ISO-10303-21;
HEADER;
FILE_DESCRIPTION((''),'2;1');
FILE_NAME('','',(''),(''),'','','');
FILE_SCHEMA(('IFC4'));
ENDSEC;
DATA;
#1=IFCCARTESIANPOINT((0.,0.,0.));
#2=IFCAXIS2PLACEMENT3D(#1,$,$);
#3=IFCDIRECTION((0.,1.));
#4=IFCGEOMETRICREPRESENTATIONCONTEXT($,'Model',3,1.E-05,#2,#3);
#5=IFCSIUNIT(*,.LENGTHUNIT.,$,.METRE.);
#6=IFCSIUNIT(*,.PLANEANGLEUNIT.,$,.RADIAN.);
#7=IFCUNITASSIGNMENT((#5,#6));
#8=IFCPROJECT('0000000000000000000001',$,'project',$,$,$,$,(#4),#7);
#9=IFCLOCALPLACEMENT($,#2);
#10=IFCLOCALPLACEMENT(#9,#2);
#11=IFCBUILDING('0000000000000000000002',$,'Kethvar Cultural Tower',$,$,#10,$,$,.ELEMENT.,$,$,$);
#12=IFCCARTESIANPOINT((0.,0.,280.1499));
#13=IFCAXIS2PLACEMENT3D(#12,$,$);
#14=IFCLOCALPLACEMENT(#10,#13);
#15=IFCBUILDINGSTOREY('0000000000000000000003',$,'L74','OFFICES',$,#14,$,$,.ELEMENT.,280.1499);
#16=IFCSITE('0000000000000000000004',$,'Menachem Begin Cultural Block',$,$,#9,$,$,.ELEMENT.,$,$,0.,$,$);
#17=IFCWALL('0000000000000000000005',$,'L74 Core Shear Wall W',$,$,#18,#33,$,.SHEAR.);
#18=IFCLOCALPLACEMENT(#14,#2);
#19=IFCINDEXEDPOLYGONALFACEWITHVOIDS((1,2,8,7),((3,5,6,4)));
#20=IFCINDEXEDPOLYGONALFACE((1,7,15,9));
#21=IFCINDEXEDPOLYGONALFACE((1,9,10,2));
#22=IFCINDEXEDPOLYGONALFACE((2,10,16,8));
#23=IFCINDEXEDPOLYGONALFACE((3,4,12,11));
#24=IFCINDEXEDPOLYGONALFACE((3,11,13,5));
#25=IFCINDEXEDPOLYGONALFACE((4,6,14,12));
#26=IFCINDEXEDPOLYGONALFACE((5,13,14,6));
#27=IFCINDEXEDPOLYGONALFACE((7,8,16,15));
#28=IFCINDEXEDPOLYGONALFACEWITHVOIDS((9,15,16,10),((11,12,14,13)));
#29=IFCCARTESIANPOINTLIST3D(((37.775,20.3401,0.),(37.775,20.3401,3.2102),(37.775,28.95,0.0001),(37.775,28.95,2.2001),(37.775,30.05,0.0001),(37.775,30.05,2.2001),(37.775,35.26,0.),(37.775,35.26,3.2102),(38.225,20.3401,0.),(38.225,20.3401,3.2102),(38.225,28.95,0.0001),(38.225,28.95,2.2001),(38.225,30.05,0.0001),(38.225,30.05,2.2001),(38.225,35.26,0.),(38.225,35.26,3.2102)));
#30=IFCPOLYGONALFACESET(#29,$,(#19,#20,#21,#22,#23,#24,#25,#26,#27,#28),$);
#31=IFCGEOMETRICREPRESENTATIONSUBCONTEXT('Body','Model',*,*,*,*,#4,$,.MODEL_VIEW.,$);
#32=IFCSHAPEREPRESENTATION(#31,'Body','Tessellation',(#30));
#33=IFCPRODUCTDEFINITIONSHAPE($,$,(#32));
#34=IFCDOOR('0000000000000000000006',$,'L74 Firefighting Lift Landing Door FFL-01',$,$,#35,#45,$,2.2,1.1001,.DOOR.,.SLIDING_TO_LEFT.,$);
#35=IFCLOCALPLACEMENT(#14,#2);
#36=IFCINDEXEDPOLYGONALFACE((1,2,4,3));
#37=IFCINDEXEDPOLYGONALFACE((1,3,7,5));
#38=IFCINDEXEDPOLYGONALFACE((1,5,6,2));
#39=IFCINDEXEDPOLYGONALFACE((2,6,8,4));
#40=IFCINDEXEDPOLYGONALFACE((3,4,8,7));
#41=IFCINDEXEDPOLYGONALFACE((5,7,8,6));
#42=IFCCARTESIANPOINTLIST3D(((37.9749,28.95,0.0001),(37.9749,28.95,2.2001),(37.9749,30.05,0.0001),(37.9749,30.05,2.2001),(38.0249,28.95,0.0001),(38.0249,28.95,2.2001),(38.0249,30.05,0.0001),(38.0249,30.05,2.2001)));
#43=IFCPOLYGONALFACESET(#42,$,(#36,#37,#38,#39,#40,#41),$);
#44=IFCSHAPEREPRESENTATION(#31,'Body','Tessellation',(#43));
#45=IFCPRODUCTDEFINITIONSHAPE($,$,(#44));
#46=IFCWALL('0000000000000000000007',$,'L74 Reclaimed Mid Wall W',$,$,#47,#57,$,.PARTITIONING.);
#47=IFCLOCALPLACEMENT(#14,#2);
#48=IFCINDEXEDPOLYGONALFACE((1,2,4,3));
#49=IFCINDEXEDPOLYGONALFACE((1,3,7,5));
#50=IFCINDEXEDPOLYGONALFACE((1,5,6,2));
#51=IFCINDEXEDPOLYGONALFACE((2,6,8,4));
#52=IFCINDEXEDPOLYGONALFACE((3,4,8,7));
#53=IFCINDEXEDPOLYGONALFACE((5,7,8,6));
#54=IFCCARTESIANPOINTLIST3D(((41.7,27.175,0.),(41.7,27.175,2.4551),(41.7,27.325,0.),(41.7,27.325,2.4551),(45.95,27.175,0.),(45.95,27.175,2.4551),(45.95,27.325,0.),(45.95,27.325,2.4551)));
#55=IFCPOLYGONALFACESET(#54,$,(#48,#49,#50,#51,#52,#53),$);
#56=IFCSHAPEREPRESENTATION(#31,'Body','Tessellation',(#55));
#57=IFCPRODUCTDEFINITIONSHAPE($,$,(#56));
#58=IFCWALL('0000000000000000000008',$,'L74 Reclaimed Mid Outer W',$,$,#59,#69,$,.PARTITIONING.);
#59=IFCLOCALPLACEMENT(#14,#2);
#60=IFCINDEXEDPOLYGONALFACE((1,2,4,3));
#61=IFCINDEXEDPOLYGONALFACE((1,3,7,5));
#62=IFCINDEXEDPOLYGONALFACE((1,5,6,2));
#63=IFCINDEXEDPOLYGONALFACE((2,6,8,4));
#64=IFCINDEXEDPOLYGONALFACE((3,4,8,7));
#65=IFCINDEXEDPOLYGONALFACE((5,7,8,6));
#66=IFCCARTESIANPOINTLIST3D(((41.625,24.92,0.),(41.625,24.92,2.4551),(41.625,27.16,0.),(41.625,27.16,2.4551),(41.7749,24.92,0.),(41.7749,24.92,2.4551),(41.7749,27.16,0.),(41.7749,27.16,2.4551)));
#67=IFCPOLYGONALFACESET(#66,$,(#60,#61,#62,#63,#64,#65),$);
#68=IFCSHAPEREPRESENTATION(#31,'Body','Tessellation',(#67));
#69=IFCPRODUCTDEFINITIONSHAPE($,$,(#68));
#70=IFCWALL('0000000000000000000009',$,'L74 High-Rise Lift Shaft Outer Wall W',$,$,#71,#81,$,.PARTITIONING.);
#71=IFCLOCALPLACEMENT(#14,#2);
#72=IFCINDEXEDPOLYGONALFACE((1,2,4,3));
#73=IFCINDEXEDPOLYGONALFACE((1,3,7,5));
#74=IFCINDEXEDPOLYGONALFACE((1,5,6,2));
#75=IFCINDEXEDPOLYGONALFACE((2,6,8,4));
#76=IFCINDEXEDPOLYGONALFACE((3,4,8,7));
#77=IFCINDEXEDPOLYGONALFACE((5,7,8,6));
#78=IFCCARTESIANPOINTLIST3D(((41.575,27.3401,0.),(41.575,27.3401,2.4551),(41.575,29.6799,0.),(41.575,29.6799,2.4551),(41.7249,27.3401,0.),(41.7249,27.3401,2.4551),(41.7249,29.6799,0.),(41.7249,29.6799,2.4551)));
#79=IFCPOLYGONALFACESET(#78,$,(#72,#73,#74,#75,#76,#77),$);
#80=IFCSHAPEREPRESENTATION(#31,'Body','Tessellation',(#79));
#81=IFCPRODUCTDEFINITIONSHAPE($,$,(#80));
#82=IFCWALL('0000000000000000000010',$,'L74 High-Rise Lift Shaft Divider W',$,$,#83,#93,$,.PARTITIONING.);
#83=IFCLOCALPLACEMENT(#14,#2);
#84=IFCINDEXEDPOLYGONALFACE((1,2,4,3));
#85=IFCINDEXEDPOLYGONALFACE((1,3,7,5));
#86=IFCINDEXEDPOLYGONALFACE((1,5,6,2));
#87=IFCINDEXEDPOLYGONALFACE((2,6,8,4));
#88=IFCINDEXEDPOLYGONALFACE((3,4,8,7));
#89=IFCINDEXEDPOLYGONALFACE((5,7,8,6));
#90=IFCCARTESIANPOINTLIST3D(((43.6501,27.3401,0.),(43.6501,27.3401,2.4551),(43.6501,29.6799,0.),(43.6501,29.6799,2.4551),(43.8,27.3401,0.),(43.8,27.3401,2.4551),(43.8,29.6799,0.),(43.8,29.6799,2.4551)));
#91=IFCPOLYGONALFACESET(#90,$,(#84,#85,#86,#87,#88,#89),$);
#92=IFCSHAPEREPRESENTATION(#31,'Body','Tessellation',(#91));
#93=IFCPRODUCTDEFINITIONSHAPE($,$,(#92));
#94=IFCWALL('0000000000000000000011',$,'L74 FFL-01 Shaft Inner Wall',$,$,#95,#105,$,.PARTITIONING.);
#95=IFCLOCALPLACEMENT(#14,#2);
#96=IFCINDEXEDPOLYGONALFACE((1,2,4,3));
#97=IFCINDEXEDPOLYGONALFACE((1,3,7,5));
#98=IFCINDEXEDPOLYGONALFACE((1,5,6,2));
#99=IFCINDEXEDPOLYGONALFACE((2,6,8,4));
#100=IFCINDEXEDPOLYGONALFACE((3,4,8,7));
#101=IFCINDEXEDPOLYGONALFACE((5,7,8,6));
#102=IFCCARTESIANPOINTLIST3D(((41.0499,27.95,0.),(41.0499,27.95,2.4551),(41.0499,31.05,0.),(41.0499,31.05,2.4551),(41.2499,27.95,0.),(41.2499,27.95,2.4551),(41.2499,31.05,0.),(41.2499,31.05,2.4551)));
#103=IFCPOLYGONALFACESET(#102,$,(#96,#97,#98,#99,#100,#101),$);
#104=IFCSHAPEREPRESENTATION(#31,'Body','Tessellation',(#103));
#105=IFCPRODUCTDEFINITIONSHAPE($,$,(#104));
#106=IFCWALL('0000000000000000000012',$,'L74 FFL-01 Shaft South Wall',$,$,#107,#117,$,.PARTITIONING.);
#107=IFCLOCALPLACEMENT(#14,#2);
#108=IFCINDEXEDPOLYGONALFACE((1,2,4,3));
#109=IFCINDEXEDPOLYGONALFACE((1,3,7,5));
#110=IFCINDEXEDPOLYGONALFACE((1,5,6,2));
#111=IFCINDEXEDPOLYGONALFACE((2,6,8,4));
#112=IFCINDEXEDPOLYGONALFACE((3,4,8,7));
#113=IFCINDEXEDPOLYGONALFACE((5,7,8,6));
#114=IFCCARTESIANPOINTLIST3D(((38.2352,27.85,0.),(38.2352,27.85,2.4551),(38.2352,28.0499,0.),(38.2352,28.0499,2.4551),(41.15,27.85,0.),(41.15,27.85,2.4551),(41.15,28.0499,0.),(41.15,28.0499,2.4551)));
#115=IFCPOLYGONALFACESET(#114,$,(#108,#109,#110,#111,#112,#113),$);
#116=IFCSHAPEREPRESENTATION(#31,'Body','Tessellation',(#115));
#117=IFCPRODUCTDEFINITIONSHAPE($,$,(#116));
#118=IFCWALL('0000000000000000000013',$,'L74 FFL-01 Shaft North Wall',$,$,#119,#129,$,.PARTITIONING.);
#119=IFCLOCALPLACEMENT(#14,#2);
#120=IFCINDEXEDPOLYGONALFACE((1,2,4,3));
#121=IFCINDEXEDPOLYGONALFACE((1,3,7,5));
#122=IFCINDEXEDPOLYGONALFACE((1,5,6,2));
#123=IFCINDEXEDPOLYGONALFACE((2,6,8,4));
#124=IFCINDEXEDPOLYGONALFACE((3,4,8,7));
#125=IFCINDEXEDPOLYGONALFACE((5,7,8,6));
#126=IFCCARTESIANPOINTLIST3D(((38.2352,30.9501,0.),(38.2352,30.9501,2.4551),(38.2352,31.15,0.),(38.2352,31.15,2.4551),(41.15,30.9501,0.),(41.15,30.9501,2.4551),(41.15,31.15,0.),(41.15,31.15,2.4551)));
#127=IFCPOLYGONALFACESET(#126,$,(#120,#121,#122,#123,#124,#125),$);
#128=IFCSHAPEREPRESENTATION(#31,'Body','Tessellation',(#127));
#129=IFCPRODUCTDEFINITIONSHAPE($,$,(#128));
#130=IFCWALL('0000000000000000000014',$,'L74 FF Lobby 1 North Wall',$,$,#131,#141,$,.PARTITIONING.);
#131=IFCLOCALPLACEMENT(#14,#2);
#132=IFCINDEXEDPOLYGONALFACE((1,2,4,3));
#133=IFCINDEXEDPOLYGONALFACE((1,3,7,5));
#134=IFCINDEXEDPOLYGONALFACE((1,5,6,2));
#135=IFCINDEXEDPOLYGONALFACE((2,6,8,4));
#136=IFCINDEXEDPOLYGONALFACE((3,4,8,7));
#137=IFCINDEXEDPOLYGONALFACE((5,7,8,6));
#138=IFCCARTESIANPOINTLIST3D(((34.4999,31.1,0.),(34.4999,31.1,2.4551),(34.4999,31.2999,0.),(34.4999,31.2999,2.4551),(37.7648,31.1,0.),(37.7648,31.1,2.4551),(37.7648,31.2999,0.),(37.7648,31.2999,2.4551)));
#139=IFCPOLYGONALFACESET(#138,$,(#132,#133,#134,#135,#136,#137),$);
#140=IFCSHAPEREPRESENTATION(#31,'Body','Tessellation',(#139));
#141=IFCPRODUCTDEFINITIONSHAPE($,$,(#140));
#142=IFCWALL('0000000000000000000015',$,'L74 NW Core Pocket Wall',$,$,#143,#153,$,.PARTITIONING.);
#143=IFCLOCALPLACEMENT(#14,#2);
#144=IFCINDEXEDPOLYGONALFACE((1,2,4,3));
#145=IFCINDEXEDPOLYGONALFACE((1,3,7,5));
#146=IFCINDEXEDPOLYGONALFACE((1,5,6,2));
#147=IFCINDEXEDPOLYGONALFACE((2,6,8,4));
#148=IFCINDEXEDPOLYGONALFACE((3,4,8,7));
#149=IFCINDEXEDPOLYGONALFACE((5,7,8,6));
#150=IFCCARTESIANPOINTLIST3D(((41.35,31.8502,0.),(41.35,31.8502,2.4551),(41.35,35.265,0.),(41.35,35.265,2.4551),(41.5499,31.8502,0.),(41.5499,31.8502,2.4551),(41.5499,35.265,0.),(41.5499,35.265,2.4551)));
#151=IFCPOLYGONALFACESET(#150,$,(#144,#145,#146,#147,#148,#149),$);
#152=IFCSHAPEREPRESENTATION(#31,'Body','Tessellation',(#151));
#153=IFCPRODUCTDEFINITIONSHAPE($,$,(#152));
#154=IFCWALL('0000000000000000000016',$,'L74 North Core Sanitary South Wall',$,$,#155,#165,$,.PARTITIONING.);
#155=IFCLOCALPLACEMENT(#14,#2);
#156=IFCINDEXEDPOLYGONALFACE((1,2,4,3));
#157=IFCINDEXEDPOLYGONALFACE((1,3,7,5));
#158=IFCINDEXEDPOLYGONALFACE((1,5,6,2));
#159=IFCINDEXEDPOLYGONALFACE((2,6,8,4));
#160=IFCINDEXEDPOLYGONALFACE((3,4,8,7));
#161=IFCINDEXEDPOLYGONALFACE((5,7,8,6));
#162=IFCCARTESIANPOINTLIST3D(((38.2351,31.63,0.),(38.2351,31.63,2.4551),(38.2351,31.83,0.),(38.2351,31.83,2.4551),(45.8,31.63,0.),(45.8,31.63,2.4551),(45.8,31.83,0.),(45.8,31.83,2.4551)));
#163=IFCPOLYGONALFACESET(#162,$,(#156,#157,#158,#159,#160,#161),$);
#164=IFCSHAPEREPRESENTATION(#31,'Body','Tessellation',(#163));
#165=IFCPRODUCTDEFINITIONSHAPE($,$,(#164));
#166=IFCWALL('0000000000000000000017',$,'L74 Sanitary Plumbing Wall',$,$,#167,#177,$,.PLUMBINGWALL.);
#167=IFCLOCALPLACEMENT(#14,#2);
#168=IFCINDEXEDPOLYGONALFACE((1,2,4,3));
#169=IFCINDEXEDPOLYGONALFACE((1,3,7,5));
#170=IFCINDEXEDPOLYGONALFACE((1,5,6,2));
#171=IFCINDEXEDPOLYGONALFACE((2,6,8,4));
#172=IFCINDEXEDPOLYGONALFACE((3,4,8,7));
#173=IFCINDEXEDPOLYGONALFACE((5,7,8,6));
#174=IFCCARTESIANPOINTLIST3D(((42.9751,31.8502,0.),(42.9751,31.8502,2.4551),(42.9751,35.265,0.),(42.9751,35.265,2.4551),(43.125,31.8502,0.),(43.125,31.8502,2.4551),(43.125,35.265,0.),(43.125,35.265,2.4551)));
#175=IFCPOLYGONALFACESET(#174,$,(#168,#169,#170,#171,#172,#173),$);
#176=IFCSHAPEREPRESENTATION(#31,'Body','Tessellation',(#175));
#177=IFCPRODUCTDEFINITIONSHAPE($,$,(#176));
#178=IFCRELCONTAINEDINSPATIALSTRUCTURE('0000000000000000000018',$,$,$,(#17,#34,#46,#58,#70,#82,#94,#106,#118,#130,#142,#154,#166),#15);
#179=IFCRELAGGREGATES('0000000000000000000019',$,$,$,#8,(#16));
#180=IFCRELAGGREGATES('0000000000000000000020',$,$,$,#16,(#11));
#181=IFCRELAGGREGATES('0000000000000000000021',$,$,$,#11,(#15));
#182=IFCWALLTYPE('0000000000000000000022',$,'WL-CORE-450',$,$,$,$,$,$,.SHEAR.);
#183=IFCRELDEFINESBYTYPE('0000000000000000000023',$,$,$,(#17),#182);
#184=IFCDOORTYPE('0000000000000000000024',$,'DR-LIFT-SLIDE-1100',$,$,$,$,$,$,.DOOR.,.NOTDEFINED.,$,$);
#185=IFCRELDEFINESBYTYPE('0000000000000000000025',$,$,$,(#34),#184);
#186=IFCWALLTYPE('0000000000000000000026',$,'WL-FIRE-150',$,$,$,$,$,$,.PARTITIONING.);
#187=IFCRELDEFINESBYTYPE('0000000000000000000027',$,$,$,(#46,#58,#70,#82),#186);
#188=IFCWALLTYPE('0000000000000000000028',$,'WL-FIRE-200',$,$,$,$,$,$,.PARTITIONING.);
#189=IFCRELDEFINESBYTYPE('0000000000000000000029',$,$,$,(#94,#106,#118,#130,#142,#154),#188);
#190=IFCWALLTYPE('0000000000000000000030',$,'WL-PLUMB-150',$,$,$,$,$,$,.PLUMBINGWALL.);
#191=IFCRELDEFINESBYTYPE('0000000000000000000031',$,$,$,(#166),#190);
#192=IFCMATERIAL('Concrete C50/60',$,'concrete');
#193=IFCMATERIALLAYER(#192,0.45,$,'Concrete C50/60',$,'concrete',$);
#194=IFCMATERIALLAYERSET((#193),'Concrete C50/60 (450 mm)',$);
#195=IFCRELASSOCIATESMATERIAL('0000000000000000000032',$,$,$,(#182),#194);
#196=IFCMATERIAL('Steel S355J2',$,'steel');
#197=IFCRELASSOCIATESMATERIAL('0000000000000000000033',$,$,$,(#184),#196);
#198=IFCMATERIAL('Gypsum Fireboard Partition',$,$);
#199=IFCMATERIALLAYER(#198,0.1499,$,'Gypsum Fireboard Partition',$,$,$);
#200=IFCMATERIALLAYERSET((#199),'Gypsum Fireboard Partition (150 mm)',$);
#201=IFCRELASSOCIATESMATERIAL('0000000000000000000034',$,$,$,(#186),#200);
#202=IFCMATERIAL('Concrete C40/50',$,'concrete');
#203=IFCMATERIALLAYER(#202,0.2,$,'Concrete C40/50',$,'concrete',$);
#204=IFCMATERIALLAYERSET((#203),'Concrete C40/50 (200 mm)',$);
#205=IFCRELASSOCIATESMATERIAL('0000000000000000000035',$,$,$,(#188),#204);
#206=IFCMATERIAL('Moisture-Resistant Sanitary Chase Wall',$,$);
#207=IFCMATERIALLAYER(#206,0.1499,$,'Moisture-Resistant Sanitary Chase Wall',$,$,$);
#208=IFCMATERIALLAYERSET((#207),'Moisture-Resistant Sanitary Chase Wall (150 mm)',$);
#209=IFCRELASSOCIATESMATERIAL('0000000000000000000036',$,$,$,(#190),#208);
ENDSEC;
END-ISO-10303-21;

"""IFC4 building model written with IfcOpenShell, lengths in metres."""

from ifc_helpers import new_model, si_unit, direction, frame, frame_2d, origin, place, context, subcontext, project, spatial, rectangle, extrude, source, transform, mapped, material, layer, layer_set, type_object, element, fill, save


model = new_model("IFC4")

# Units and contexts
model_context = context("Model", 3, precision=1e-05, world=origin(), true_north=direction((0.0, 1.0)))
body_context = subcontext(model_context, "Body", "Model", "MODEL_VIEW")
ifc_project = project(units=[si_unit("LENGTHUNIT", "METRE"), si_unit("PLANEANGLEUNIT", "RADIAN")], contexts=[model_context])

# Site, building, storey
site_placement = place(None, origin())
site = spatial("IfcSite", under=ifc_project, at=site_placement, Name="Menachem Begin Cultural Block", CompositionType="ELEMENT", RefElevation=0.0)
building_placement = place(site_placement, origin())
building = spatial("IfcBuilding", under=site, at=building_placement, Name="Kethvar Cultural Tower", CompositionType="ELEMENT")
storey_placement = place(building_placement, frame((0.0, 0.0, 280.1499)))
storey = spatial("IfcBuildingStorey", under=building, at=storey_placement, Name="L74", Description="OFFICES", CompositionType="ELEMENT", Elevation=280.1499)

# Shared definitions
ifc_material_1 = material(Name="Steel S355J2", Category="steel")

# Wall, opening, door
ifc_material_2 = material(Name="Concrete C50/60", Category="concrete")
ifc_layer_1 = layer(ifc_material_2, 0.45, Name="Concrete C50/60", Category="concrete")
ifc_layer_set_1 = layer_set([ifc_layer_1], Name="Concrete C50/60 (450 mm)")
wall_type_1 = type_object("IfcWallType", Name="WL-CORE-450", PredefinedType="SHEAR", material=ifc_layer_set_1)
wall_1_placement = place(storey_placement, frame((38.0, 35.26, 0.0), z_axis=(0.0, 0.0, 1.0), x_axis=(0.0, -1.0, 0.0)))
wall_1 = element("IfcWall", 1, at=wall_1_placement, inside=storey, type_object=wall_type_1, Name="L74 Core Shear Wall W", PredefinedType="SHEAR", context=body_context, shape_type="SweptSolid", body=[
    extrude(rectangle(XDim=14.9199, YDim=0.45, at=frame_2d((7.46, 0.0))), origin(), (0.0, 0.0, 1.0), 3.2102),
])
opening_1_placement = place(wall_1_placement, frame((5.21, 0.0, 0.0)))
opening_1 = element("IfcOpeningElement", 2, at=opening_1_placement, cuts=wall_1, PredefinedType="OPENING", context=body_context, shape_type="SweptSolid", body=[
    extrude(rectangle(XDim=1.1001, YDim=2.2, at=frame_2d((0.55, 1.1001))), frame((0.0, 0.2349, 0.0), z_axis=(0.0, -1.0, 0.0), x_axis=(1.0, 0.0, 0.0)), (0.0, 0.0, 1.0), 0.47),
])
door_type_1 = type_object("IfcDoorType", Name="DR-LIFT-SLIDE-1100", OperationType="NOTDEFINED", PredefinedType="DOOR", material=ifc_material_1)
shared_shape_1 = source(origin(), body_context, "Body", "SweptSolid", [
    extrude(rectangle(XDim=1.1001, YDim=2.2, at=frame_2d((0.55, 1.1001))), frame((0.0, 0.0249, 0.0), z_axis=(0.0, -1.0, 0.0), x_axis=(1.0, 0.0, 0.0)), (0.0, 0.0, 1.0), 0.05),
])
door_1_placement = place(opening_1_placement, origin())
door_1 = element("IfcDoor", 3, at=door_1_placement, inside=storey, type_object=door_type_1, Name="L74 Firefighting Lift Landing Door FFL-01", OperationType="SLIDING_TO_LEFT", OverallHeight=2.2, OverallWidth=1.1001, PredefinedType="DOOR", context=body_context, shape_type="MappedRepresentation", body=[
    mapped(shared_shape_1, transform((0.0, 0.0, 0.0), scale=1.0)),
])
fill(opening_1, door_1)

# Walls
ifc_material_3 = material(Name="Gypsum Fireboard Partition")
ifc_layer_2 = layer(ifc_material_3, 0.1499, Name="Gypsum Fireboard Partition")
ifc_layer_set_2 = layer_set([ifc_layer_2], Name="Gypsum Fireboard Partition (150 mm)")
wall_type_2 = type_object("IfcWallType", Name="WL-FIRE-150", PredefinedType="PARTITIONING", material=ifc_layer_set_2)
wall_2_placement = place(storey_placement, frame((41.7, 27.25, 0.0), z_axis=(0.0, 0.0, 1.0), x_axis=(1.0, 0.0, 0.0)))
element("IfcWall", 4, at=wall_2_placement, inside=storey, type_object=wall_type_2, Name="L74 Reclaimed Mid Wall W", PredefinedType="PARTITIONING", context=body_context, shape_type="SweptSolid", body=[
    extrude(rectangle(XDim=4.25, YDim=0.1499, at=frame_2d((2.125, 0.0))), origin(), (0.0, 0.0, 1.0), 2.4551),
])
wall_3_placement = place(storey_placement, frame((41.7, 24.9199, 0.0), z_axis=(0.0, 0.0, 1.0), x_axis=(0.0, 1.0, 0.0)))
element("IfcWall", 5, at=wall_3_placement, inside=storey, type_object=wall_type_2, Name="L74 Reclaimed Mid Outer W", PredefinedType="PARTITIONING", context=body_context, shape_type="SweptSolid", body=[
    extrude(rectangle(XDim=2.24, YDim=0.1499, at=frame_2d((1.1201, 0.0))), origin(), (0.0, 0.0, 1.0), 2.4551),
])
for number, where, z_axis, x_axis, name in (
    (6, (41.6499, 27.3401, 0.0), (0.0, 0.0, 1.0), (0.0, 1.0, 0.0), "L74 High-Rise Lift Shaft Outer Wall W"),
    (7, (43.7251, 27.3401, 0.0), (0.0, 0.0, 1.0), (0.0, 1.0, 0.0), "L74 High-Rise Lift Shaft Divider W"),
):
    element("IfcWall", number, at=place(storey_placement, frame(where, z_axis=z_axis, x_axis=x_axis)), inside=storey, type_object=wall_type_2, Name=name, PredefinedType="PARTITIONING", context=body_context, shape_type="SweptSolid", body=[
        extrude(rectangle(XDim=2.3398, YDim=0.1499, at=frame_2d((1.1699, 0.0))), origin(), (0.0, 0.0, 1.0), 2.4551),
    ])
ifc_material_4 = material(Name="Concrete C40/50", Category="concrete")
ifc_layer_3 = layer(ifc_material_4, 0.2, Name="Concrete C40/50", Category="concrete")
ifc_layer_set_3 = layer_set([ifc_layer_3], Name="Concrete C40/50 (200 mm)")
wall_type_3 = type_object("IfcWallType", Name="WL-FIRE-200", PredefinedType="PARTITIONING", material=ifc_layer_set_3)
wall_4_placement = place(storey_placement, frame((41.1499, 27.95, 0.0), z_axis=(0.0, 0.0, 1.0), x_axis=(0.0, 1.0, 0.0)))
element("IfcWall", 8, at=wall_4_placement, inside=storey, type_object=wall_type_3, Name="L74 FFL-01 Shaft Inner Wall", PredefinedType="PARTITIONING", context=body_context, shape_type="SweptSolid", body=[
    extrude(rectangle(XDim=3.1001, YDim=0.2, at=frame_2d((1.55, 0.0))), origin(), (0.0, 0.0, 1.0), 2.4551),
])
for number, where, z_axis, x_axis, name in (
    (9, (38.2351, 27.95, 0.0), (0.0, 0.0, 1.0), (1.0, 0.0, 0.0), "L74 FFL-01 Shaft South Wall"),
    (10, (38.2351, 31.05, 0.0), (0.0, 0.0, 1.0), (1.0, 0.0, 0.0), "L74 FFL-01 Shaft North Wall"),
):
    element("IfcWall", number, at=place(storey_placement, frame(where, z_axis=z_axis, x_axis=x_axis)), inside=storey, type_object=wall_type_3, Name=name, PredefinedType="PARTITIONING", context=body_context, shape_type="SweptSolid", body=[
        extrude(rectangle(XDim=2.9148, YDim=0.2, at=frame_2d((1.4575, 0.0))), origin(), (0.0, 0.0, 1.0), 2.4551),
    ])

# Walls
wall_5_placement = place(storey_placement, frame((34.5, 31.2, 0.0), z_axis=(0.0, 0.0, 1.0), x_axis=(1.0, 0.0, 0.0)))
element("IfcWall", 11, at=wall_5_placement, inside=storey, type_object=wall_type_3, Name="L74 FF Lobby 1 North Wall", PredefinedType="PARTITIONING", context=body_context, shape_type="SweptSolid", body=[
    extrude(rectangle(XDim=3.2649, YDim=0.2, at=frame_2d((1.6323, 0.0))), origin(), (0.0, 0.0, 1.0), 2.4551),
])
wall_6_placement = place(storey_placement, frame((41.45, 31.8501, 0.0), z_axis=(0.0, 0.0, 1.0), x_axis=(0.0, 1.0, 0.0)))
element("IfcWall", 12, at=wall_6_placement, inside=storey, type_object=wall_type_3, Name="L74 NW Core Pocket Wall", PredefinedType="PARTITIONING", context=body_context, shape_type="SweptSolid", body=[
    extrude(rectangle(XDim=3.4148, YDim=0.2, at=frame_2d((1.7075, 0.0))), origin(), (0.0, 0.0, 1.0), 2.4551),
])
wall_7_placement = place(storey_placement, frame((38.2351, 31.73, 0.0), z_axis=(0.0, 0.0, 1.0), x_axis=(1.0, 0.0, 0.0)))
element("IfcWall", 13, at=wall_7_placement, inside=storey, type_object=wall_type_3, Name="L74 North Core Sanitary South Wall", PredefinedType="PARTITIONING", context=body_context, shape_type="SweptSolid", body=[
    extrude(rectangle(XDim=7.5649, YDim=0.2, at=frame_2d((3.7825, 0.0))), origin(), (0.0, 0.0, 1.0), 2.4551),
])
ifc_material_5 = material(Name="Moisture-Resistant Sanitary Chase Wall")
ifc_layer_4 = layer(ifc_material_5, 0.1499, Name="Moisture-Resistant Sanitary Chase Wall")
ifc_layer_set_4 = layer_set([ifc_layer_4], Name="Moisture-Resistant Sanitary Chase Wall (150 mm)")
wall_type_4 = type_object("IfcWallType", Name="WL-PLUMB-150", PredefinedType="PLUMBINGWALL", material=ifc_layer_set_4)
wall_8_placement = place(storey_placement, frame((43.05, 31.8501, 0.0), z_axis=(0.0, 0.0, 1.0), x_axis=(0.0, 1.0, 0.0)))
element("IfcWall", 14, at=wall_8_placement, inside=storey, type_object=wall_type_4, Name="L74 Sanitary Plumbing Wall", PredefinedType="PLUMBINGWALL", context=body_context, shape_type="SweptSolid", body=[
    extrude(rectangle(XDim=3.4148, YDim=0.1499, at=frame_2d((1.7075, 0.0))), origin(), (0.0, 0.0, 1.0), 2.4551),
])

save(model, "model.ifc")
